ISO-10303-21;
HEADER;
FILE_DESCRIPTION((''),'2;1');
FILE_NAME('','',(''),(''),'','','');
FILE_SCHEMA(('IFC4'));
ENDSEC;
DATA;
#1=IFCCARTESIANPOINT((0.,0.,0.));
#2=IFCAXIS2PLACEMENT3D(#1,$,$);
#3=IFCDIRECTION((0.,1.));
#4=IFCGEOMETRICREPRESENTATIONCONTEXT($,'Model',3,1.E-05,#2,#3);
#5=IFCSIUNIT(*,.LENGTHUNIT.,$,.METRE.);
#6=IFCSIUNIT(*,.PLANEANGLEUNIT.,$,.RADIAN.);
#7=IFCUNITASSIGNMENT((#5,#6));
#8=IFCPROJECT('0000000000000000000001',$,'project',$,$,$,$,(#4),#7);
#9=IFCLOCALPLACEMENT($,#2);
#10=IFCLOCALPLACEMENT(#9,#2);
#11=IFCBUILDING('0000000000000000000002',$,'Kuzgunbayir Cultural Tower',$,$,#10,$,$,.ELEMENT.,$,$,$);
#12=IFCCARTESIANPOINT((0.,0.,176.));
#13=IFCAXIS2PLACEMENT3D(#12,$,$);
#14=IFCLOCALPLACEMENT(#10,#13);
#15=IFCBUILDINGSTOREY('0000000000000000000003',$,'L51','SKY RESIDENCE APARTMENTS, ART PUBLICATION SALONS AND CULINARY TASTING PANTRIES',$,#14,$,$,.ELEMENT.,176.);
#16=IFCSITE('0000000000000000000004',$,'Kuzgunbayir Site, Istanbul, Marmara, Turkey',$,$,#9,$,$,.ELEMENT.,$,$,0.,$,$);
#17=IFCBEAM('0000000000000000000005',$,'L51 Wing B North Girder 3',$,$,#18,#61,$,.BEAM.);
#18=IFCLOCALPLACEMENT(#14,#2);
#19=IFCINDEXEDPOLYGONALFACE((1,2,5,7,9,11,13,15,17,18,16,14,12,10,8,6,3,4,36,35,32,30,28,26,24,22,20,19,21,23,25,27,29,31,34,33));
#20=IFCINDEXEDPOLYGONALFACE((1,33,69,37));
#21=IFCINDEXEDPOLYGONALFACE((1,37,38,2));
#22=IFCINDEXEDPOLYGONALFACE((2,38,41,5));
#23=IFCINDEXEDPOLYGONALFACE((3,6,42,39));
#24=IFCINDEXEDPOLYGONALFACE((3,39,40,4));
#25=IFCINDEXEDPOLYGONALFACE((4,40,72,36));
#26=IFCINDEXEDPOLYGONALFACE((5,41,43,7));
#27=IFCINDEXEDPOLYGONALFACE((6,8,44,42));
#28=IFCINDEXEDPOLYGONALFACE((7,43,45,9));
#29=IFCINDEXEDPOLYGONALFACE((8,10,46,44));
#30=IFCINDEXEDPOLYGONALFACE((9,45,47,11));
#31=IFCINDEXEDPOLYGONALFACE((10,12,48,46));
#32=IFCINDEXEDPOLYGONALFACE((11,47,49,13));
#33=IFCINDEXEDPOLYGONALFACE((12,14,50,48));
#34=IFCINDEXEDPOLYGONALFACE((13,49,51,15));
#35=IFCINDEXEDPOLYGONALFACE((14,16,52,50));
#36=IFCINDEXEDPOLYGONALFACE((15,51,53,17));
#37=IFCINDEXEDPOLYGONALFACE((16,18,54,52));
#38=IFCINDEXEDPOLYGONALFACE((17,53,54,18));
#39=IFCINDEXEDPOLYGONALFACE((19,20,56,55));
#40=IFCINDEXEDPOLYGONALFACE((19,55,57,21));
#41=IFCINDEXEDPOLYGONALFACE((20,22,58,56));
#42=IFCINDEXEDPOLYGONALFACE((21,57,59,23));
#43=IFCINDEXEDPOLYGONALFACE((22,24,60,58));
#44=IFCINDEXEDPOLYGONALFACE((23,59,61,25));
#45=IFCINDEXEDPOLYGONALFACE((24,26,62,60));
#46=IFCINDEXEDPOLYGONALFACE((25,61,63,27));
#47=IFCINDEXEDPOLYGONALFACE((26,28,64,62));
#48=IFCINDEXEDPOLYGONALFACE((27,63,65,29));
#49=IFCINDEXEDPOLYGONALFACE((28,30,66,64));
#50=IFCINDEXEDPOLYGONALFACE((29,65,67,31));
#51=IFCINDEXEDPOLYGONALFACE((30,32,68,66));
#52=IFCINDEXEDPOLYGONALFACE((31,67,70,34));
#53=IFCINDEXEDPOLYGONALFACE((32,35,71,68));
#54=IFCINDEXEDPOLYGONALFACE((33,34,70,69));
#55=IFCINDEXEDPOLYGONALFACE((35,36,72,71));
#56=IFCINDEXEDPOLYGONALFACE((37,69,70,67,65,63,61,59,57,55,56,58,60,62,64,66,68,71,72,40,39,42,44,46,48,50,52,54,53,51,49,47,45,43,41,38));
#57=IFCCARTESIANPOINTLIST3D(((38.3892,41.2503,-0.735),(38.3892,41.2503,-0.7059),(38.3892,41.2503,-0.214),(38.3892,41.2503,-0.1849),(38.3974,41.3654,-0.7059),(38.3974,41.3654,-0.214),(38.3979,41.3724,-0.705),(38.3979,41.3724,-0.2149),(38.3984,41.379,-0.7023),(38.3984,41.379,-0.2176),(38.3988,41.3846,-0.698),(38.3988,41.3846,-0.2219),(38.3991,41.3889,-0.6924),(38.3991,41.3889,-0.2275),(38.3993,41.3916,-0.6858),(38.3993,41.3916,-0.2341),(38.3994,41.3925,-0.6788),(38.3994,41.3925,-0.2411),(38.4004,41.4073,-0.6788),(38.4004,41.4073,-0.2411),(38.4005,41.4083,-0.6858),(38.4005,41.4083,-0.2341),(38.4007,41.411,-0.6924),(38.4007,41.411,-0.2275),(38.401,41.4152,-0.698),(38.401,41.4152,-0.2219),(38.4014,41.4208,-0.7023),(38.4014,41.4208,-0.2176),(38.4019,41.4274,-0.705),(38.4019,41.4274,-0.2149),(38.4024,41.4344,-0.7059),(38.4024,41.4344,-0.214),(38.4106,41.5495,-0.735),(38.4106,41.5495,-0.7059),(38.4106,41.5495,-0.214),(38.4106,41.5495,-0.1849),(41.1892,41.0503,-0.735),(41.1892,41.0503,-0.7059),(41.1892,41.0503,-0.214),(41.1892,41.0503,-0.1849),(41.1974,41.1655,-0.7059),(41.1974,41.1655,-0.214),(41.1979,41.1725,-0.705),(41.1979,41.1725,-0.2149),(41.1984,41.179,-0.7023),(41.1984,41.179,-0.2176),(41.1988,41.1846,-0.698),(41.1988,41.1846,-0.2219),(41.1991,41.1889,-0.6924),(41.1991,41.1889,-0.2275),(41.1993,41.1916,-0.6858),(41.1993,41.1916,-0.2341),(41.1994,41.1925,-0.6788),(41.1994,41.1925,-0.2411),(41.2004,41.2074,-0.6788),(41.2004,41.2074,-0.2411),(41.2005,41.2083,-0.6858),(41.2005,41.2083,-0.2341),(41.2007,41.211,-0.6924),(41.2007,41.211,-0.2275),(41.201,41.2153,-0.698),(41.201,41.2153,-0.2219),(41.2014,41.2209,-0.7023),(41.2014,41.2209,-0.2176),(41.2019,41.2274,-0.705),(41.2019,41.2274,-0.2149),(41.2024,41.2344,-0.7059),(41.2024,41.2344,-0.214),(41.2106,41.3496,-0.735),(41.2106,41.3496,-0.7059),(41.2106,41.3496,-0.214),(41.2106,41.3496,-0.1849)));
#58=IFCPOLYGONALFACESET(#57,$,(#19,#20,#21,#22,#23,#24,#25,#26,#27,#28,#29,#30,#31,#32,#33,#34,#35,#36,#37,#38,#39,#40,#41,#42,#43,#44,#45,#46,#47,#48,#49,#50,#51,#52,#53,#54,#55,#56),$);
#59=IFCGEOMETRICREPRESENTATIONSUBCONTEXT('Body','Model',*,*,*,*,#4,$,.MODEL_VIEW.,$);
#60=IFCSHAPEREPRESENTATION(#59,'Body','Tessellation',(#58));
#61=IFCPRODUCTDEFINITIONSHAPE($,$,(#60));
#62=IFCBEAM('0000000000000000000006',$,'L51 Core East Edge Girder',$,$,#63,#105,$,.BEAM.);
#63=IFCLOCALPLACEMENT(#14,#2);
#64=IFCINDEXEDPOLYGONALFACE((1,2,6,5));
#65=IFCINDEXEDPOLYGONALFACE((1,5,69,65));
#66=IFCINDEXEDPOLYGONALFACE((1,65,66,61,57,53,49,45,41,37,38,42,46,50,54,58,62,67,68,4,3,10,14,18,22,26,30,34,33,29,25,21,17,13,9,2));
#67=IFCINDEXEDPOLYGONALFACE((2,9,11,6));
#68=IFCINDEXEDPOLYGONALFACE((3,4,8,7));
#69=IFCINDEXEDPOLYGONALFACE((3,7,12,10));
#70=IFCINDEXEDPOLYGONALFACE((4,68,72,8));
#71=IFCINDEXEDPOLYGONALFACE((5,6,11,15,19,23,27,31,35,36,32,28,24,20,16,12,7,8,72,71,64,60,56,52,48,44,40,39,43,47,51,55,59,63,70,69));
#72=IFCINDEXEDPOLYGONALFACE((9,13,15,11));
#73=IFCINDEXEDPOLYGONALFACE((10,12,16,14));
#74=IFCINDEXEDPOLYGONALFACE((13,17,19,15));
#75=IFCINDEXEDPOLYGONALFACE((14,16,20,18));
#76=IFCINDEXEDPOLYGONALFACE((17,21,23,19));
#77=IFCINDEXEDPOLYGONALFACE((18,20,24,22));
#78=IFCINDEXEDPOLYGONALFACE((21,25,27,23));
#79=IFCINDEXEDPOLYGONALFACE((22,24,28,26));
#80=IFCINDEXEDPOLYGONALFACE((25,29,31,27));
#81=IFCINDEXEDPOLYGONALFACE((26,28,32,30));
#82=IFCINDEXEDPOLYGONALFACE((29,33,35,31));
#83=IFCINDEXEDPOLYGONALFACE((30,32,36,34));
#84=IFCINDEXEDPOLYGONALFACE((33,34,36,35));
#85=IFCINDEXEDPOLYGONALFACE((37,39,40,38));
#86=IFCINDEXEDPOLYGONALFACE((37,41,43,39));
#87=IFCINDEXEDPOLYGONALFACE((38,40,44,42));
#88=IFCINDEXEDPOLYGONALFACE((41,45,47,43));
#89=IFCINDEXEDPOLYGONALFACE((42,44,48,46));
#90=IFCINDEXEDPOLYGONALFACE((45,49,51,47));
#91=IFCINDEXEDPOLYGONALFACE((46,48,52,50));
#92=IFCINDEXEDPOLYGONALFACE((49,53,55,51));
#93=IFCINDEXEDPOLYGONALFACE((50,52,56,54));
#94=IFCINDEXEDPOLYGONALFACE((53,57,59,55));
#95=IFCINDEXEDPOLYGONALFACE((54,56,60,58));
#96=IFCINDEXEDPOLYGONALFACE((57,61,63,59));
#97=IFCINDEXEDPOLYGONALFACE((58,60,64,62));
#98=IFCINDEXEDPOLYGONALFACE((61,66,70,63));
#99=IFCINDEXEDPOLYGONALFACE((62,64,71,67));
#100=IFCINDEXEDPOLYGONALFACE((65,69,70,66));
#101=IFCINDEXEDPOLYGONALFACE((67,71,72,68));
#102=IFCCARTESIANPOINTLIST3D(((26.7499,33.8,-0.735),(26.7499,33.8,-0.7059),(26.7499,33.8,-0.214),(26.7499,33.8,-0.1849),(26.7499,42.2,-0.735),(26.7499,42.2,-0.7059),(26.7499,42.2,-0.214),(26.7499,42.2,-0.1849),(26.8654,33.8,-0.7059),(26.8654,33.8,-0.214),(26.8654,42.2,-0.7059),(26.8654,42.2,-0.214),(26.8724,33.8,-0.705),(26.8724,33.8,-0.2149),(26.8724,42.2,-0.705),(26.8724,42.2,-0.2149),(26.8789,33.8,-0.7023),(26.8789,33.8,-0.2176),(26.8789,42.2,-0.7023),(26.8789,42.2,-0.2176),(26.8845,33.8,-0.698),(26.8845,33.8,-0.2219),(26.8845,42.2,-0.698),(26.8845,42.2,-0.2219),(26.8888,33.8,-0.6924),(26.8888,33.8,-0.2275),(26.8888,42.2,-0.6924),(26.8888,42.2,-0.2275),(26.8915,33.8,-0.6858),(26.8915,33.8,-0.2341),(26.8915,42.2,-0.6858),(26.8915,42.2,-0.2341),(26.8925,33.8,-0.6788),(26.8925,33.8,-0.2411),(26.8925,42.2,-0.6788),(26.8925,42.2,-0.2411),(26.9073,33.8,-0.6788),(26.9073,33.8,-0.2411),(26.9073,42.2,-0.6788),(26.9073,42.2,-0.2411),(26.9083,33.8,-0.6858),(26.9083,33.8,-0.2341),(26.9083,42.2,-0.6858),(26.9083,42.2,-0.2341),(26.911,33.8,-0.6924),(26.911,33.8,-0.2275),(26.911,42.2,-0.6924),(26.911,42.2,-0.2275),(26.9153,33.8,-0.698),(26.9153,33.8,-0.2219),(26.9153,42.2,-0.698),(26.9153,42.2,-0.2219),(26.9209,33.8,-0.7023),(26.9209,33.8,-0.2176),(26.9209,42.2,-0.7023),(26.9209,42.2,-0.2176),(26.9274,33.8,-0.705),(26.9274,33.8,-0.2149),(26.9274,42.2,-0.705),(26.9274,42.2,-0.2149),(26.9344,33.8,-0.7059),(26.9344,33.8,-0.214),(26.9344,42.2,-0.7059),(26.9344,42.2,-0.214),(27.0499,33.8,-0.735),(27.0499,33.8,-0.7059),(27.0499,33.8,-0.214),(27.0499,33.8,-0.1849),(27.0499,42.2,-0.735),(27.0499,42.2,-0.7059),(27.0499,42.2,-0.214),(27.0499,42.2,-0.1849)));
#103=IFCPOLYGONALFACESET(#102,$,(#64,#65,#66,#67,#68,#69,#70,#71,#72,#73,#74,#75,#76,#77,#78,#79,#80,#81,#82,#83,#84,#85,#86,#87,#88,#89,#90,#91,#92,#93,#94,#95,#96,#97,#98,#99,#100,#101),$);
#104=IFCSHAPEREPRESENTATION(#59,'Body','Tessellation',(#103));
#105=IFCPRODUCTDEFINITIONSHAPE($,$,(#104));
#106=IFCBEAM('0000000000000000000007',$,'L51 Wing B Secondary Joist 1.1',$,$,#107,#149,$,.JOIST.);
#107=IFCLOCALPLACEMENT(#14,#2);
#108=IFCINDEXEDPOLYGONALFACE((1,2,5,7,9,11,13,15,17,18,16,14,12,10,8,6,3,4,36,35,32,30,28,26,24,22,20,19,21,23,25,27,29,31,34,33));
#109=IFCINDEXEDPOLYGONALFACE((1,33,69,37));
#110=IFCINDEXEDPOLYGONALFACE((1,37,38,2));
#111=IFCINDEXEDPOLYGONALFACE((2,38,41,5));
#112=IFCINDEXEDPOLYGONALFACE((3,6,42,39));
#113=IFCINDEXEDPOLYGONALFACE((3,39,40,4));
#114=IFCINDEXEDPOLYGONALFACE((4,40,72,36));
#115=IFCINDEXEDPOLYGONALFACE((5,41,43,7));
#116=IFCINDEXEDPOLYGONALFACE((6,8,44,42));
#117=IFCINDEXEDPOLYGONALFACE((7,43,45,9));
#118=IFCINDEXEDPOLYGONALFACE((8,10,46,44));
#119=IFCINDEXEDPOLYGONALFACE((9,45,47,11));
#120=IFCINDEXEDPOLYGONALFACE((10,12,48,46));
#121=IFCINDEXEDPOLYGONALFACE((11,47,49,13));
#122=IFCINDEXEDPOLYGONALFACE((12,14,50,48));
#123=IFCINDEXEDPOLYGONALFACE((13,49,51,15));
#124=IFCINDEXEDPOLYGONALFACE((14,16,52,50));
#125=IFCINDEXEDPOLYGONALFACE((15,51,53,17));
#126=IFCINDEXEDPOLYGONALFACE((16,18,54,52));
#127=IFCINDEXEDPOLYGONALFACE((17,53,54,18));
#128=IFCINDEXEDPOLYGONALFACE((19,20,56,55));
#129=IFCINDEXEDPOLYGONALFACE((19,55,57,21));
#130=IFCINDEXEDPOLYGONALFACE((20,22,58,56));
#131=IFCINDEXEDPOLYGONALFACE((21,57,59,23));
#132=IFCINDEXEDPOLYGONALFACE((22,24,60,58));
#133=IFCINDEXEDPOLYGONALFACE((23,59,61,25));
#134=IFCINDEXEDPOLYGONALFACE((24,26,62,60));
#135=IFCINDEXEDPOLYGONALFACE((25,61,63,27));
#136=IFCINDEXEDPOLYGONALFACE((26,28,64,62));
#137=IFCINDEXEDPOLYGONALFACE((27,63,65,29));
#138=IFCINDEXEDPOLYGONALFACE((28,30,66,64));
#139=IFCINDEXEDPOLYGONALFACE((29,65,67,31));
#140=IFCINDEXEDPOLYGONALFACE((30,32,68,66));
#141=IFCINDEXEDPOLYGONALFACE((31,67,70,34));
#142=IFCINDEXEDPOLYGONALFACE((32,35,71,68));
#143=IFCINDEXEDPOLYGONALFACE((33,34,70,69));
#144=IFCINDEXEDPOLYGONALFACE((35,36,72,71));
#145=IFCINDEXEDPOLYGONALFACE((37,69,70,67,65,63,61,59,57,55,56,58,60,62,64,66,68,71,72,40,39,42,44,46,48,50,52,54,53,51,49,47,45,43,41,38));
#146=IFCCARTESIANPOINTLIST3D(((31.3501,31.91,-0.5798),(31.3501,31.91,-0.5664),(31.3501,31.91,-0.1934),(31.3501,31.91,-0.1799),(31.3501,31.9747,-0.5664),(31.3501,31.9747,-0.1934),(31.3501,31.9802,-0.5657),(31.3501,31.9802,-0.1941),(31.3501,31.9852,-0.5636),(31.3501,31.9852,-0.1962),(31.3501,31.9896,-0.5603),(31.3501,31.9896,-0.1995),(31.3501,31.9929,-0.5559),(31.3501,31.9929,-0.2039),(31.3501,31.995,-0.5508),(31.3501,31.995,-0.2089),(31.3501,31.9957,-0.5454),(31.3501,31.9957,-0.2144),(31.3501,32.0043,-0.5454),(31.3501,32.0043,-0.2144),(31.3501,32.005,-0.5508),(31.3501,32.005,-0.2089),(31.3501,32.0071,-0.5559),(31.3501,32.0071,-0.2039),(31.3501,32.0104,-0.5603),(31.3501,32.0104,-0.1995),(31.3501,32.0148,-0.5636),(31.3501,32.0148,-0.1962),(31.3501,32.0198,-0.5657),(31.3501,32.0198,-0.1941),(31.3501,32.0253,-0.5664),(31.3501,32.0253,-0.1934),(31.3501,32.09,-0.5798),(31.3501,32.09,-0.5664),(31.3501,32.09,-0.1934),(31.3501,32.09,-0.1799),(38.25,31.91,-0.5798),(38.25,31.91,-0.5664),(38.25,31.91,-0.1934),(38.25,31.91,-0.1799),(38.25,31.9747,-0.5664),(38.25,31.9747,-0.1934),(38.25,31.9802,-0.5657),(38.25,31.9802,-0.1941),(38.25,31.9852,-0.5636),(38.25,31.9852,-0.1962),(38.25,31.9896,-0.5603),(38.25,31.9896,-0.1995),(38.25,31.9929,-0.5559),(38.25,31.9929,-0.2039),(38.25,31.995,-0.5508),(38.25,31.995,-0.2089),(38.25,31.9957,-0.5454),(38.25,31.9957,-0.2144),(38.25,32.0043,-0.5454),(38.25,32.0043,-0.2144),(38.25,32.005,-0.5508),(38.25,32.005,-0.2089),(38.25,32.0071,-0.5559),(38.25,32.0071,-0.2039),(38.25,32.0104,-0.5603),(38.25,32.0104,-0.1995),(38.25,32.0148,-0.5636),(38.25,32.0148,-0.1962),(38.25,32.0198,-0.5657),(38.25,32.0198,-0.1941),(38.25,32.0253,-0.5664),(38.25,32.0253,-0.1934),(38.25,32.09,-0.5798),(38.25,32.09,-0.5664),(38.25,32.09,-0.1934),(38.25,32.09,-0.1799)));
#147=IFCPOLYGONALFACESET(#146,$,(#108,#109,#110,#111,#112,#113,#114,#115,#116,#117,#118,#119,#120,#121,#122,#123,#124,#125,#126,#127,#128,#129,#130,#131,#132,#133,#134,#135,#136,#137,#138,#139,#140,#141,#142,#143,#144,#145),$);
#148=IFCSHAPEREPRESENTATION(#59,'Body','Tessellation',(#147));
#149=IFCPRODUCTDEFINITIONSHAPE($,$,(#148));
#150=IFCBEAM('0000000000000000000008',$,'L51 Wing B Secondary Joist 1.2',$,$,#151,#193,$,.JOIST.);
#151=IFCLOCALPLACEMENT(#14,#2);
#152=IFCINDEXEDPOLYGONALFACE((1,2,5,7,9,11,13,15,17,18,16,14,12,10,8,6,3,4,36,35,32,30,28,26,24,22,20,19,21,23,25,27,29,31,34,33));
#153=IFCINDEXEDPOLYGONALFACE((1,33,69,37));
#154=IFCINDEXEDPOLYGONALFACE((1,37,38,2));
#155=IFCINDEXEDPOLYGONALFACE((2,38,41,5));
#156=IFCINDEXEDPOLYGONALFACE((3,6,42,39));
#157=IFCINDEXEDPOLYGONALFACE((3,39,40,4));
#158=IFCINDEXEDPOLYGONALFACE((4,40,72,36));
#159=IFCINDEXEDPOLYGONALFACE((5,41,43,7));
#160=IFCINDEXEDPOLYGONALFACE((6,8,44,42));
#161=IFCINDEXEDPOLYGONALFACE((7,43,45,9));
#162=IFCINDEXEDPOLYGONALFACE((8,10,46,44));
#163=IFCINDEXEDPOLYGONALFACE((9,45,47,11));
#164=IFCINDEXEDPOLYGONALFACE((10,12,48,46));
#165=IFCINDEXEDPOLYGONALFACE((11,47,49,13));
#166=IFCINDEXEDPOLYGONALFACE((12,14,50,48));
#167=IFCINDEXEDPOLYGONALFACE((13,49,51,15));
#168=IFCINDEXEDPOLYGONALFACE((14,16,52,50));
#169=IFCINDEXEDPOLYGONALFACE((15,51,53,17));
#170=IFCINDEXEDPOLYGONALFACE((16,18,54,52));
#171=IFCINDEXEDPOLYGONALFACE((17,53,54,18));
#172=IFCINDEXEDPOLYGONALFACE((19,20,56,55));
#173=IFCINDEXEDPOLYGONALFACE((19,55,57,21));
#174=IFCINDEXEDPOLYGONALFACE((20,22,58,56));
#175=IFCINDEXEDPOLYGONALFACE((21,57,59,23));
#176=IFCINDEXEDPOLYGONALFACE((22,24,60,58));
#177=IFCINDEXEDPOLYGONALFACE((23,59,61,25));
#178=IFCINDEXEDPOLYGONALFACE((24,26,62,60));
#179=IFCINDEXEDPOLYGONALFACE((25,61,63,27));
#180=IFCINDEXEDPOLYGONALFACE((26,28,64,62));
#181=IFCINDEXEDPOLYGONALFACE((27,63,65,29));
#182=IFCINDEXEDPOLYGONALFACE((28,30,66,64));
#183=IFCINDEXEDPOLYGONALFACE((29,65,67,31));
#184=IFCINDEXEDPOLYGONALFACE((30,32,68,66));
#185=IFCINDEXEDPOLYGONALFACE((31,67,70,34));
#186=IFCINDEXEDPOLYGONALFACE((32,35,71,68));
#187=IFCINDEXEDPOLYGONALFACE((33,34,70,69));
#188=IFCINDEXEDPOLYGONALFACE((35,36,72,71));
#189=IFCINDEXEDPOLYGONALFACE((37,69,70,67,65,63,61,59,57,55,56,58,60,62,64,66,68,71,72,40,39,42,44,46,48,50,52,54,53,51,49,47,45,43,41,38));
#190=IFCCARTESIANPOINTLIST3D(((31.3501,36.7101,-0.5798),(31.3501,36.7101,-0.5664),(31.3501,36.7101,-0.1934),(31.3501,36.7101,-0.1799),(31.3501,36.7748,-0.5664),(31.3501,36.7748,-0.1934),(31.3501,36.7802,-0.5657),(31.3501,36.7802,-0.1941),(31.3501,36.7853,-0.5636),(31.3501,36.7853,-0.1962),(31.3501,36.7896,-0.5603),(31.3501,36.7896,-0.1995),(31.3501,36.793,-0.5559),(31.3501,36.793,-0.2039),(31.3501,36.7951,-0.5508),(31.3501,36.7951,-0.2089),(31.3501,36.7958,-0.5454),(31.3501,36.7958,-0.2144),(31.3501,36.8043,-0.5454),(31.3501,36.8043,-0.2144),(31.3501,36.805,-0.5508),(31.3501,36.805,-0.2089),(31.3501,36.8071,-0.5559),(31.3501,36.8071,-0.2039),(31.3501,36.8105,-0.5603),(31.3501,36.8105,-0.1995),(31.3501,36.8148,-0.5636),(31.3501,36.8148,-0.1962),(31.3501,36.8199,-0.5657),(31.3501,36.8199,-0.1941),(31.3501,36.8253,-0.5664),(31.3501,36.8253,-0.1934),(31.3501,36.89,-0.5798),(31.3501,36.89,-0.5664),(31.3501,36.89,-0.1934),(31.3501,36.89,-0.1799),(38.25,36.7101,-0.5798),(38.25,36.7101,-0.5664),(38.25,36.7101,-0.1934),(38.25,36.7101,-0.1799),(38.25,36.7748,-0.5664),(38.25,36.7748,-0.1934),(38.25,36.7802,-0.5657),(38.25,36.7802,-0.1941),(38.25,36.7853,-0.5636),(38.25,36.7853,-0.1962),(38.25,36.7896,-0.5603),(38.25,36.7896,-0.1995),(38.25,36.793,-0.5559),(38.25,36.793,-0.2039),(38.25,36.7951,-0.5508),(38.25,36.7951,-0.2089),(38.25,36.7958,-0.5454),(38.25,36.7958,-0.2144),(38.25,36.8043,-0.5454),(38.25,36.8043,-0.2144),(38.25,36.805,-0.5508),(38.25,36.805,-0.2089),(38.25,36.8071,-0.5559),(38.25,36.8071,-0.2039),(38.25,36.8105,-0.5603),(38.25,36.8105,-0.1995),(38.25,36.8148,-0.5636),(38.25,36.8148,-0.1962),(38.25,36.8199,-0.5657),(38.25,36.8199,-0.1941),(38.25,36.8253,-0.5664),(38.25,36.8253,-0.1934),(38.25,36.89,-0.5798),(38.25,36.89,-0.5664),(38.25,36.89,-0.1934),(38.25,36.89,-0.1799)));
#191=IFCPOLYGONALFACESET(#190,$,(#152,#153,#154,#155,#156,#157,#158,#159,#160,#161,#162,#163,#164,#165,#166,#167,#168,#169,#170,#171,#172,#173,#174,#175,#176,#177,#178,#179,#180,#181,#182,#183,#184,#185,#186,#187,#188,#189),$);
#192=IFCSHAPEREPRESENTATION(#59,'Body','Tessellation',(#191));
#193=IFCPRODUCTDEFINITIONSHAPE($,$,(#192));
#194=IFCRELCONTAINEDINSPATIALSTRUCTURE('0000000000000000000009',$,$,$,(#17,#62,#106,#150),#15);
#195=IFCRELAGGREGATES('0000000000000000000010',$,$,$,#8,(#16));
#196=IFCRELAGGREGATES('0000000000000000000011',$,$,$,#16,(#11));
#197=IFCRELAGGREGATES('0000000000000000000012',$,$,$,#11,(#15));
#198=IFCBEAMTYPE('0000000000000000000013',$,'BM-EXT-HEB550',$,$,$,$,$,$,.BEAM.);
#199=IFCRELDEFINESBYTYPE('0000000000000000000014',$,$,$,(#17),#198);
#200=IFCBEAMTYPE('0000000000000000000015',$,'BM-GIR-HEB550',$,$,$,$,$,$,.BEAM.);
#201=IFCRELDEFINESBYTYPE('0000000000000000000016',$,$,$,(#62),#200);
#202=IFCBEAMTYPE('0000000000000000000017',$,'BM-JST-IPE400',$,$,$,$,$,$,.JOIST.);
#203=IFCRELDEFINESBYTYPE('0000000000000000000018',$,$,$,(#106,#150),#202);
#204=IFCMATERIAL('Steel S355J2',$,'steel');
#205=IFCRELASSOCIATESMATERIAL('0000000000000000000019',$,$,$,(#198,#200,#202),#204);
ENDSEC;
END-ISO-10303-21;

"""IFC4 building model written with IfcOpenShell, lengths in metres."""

from ifc_helpers import new_model, si_unit, direction, frame, origin, origin_2d, place, context, subcontext, project, spatial, i_section, extrude, material, material_profile, profile_set, type_object, element, save


model = new_model("IFC4")

# Units and contexts
model_context = context("Model", 3, precision=1e-05, world=origin(), true_north=direction((0.0, 1.0)))
body_context = subcontext(model_context, "Body", "Model", "MODEL_VIEW")
ifc_project = project(units=[si_unit("LENGTHUNIT", "METRE"), si_unit("PLANEANGLEUNIT", "RADIAN")], contexts=[model_context])

# Site, building, storey
site_placement = place(None, origin())
site = spatial("IfcSite", under=ifc_project, at=site_placement, Name="Kuzgunbayir Site, Istanbul, Marmara, Turkey", CompositionType="ELEMENT", RefElevation=0.0)
building_placement = place(site_placement, origin())
building = spatial("IfcBuilding", under=site, at=building_placement, Name="Kuzgunbayir Cultural Tower", CompositionType="ELEMENT")
storey_placement = place(building_placement, frame((0.0, 0.0, 176.0)))
storey = spatial("IfcBuildingStorey", under=building, at=storey_placement, Name="L51", Description="SKY RESIDENCE APARTMENTS, ART PUBLICATION SALONS AND CULINARY TASTING PANTRIES", CompositionType="ELEMENT", Elevation=176.0)

# Beams
ifc_material_1 = material(Name="Steel S355J2", Category="steel")
ifc_material_profile_1 = material_profile(ifc_material_1, i_section(OverallWidth=0.3, OverallDepth=0.55, WebThickness=0.0149, FlangeThickness=0.0291, FilletRadius=0.0271, at=origin_2d()), Name="HEB 550")
ifc_profile_set_1 = profile_set([ifc_material_profile_1], Name="Steel S355J2")
beam_type_1 = type_object("IfcBeamType", Name="BM-EXT-HEB550", PredefinedType="BEAM", material=ifc_profile_set_1)
beam_1_placement = place(storey_placement, frame((38.3999, 41.3999, -0.46), z_axis=(0.99746, -0.071229, 0.0), x_axis=(0.071229, 0.99746, 0.0)))
element("IfcBeam", 1, at=beam_1_placement, inside=storey, type_object=beam_type_1, Name="L51 Wing B North Girder 3", PredefinedType="BEAM", context=body_context, shape_type="SweptSolid", body=[
    extrude(i_section(OverallWidth=0.3, OverallDepth=0.55, WebThickness=0.0149, FlangeThickness=0.0291, FilletRadius=0.0271, at=origin_2d()), origin(), (0.0, 0.0, 1.0), 2.8071),
])
ifc_material_profile_2 = material_profile(ifc_material_1, i_section(OverallWidth=0.3, OverallDepth=0.55, WebThickness=0.0149, FlangeThickness=0.0291, FilletRadius=0.0271, at=origin_2d()), Name="HEB 550")
ifc_profile_set_2 = profile_set([ifc_material_profile_2], Name="Steel S355J2")
beam_type_2 = type_object("IfcBeamType", Name="BM-GIR-HEB550", PredefinedType="BEAM", material=ifc_profile_set_2)
beam_2_placement = place(storey_placement, frame((26.8999, 33.8, -0.46), z_axis=(0.0, 1.0, 0.0), x_axis=(-1.0, 0.0, 0.0)))
element("IfcBeam", 2, at=beam_2_placement, inside=storey, type_object=beam_type_2, Name="L51 Core East Edge Girder", PredefinedType="BEAM", context=body_context, shape_type="SweptSolid", body=[
    extrude(i_section(OverallWidth=0.3, OverallDepth=0.55, WebThickness=0.0149, FlangeThickness=0.0291, FilletRadius=0.0271, at=origin_2d()), origin(), (0.0, 0.0, 1.0), 8.3999),
])
ifc_material_profile_3 = material_profile(ifc_material_1, i_section(OverallWidth=0.1799, OverallDepth=0.3999, WebThickness=0.0085, FlangeThickness=0.0134, FilletRadius=0.021, at=origin_2d()), Name="IPE 400")
ifc_profile_set_3 = profile_set([ifc_material_profile_3], Name="Steel S355J2")
beam_type_3 = type_object("IfcBeamType", Name="BM-JST-IPE400", PredefinedType="JOIST", material=ifc_profile_set_3)
for number, where, z_axis, x_axis, name in (
    (3, (31.3501, 32.0, -0.3799), (1.0, 0.0, 0.0), (0.0, 1.0, 0.0), "L51 Wing B Secondary Joist 1.1"),
    (4, (31.3501, 36.8, -0.3799), (1.0, 0.0, 0.0), (0.0, 1.0, 0.0), "L51 Wing B Secondary Joist 1.2"),
):
    element("IfcBeam", number, at=place(storey_placement, frame(where, z_axis=z_axis, x_axis=x_axis)), inside=storey, type_object=beam_type_3, Name=name, PredefinedType="JOIST", context=body_context, shape_type="SweptSolid", body=[
        extrude(i_section(OverallWidth=0.1799, OverallDepth=0.3999, WebThickness=0.0085, FlangeThickness=0.0134, FilletRadius=0.021, at=origin_2d()), origin(), (0.0, 0.0, 1.0), 6.8999),
    ])

save(model, "model.ifc")
